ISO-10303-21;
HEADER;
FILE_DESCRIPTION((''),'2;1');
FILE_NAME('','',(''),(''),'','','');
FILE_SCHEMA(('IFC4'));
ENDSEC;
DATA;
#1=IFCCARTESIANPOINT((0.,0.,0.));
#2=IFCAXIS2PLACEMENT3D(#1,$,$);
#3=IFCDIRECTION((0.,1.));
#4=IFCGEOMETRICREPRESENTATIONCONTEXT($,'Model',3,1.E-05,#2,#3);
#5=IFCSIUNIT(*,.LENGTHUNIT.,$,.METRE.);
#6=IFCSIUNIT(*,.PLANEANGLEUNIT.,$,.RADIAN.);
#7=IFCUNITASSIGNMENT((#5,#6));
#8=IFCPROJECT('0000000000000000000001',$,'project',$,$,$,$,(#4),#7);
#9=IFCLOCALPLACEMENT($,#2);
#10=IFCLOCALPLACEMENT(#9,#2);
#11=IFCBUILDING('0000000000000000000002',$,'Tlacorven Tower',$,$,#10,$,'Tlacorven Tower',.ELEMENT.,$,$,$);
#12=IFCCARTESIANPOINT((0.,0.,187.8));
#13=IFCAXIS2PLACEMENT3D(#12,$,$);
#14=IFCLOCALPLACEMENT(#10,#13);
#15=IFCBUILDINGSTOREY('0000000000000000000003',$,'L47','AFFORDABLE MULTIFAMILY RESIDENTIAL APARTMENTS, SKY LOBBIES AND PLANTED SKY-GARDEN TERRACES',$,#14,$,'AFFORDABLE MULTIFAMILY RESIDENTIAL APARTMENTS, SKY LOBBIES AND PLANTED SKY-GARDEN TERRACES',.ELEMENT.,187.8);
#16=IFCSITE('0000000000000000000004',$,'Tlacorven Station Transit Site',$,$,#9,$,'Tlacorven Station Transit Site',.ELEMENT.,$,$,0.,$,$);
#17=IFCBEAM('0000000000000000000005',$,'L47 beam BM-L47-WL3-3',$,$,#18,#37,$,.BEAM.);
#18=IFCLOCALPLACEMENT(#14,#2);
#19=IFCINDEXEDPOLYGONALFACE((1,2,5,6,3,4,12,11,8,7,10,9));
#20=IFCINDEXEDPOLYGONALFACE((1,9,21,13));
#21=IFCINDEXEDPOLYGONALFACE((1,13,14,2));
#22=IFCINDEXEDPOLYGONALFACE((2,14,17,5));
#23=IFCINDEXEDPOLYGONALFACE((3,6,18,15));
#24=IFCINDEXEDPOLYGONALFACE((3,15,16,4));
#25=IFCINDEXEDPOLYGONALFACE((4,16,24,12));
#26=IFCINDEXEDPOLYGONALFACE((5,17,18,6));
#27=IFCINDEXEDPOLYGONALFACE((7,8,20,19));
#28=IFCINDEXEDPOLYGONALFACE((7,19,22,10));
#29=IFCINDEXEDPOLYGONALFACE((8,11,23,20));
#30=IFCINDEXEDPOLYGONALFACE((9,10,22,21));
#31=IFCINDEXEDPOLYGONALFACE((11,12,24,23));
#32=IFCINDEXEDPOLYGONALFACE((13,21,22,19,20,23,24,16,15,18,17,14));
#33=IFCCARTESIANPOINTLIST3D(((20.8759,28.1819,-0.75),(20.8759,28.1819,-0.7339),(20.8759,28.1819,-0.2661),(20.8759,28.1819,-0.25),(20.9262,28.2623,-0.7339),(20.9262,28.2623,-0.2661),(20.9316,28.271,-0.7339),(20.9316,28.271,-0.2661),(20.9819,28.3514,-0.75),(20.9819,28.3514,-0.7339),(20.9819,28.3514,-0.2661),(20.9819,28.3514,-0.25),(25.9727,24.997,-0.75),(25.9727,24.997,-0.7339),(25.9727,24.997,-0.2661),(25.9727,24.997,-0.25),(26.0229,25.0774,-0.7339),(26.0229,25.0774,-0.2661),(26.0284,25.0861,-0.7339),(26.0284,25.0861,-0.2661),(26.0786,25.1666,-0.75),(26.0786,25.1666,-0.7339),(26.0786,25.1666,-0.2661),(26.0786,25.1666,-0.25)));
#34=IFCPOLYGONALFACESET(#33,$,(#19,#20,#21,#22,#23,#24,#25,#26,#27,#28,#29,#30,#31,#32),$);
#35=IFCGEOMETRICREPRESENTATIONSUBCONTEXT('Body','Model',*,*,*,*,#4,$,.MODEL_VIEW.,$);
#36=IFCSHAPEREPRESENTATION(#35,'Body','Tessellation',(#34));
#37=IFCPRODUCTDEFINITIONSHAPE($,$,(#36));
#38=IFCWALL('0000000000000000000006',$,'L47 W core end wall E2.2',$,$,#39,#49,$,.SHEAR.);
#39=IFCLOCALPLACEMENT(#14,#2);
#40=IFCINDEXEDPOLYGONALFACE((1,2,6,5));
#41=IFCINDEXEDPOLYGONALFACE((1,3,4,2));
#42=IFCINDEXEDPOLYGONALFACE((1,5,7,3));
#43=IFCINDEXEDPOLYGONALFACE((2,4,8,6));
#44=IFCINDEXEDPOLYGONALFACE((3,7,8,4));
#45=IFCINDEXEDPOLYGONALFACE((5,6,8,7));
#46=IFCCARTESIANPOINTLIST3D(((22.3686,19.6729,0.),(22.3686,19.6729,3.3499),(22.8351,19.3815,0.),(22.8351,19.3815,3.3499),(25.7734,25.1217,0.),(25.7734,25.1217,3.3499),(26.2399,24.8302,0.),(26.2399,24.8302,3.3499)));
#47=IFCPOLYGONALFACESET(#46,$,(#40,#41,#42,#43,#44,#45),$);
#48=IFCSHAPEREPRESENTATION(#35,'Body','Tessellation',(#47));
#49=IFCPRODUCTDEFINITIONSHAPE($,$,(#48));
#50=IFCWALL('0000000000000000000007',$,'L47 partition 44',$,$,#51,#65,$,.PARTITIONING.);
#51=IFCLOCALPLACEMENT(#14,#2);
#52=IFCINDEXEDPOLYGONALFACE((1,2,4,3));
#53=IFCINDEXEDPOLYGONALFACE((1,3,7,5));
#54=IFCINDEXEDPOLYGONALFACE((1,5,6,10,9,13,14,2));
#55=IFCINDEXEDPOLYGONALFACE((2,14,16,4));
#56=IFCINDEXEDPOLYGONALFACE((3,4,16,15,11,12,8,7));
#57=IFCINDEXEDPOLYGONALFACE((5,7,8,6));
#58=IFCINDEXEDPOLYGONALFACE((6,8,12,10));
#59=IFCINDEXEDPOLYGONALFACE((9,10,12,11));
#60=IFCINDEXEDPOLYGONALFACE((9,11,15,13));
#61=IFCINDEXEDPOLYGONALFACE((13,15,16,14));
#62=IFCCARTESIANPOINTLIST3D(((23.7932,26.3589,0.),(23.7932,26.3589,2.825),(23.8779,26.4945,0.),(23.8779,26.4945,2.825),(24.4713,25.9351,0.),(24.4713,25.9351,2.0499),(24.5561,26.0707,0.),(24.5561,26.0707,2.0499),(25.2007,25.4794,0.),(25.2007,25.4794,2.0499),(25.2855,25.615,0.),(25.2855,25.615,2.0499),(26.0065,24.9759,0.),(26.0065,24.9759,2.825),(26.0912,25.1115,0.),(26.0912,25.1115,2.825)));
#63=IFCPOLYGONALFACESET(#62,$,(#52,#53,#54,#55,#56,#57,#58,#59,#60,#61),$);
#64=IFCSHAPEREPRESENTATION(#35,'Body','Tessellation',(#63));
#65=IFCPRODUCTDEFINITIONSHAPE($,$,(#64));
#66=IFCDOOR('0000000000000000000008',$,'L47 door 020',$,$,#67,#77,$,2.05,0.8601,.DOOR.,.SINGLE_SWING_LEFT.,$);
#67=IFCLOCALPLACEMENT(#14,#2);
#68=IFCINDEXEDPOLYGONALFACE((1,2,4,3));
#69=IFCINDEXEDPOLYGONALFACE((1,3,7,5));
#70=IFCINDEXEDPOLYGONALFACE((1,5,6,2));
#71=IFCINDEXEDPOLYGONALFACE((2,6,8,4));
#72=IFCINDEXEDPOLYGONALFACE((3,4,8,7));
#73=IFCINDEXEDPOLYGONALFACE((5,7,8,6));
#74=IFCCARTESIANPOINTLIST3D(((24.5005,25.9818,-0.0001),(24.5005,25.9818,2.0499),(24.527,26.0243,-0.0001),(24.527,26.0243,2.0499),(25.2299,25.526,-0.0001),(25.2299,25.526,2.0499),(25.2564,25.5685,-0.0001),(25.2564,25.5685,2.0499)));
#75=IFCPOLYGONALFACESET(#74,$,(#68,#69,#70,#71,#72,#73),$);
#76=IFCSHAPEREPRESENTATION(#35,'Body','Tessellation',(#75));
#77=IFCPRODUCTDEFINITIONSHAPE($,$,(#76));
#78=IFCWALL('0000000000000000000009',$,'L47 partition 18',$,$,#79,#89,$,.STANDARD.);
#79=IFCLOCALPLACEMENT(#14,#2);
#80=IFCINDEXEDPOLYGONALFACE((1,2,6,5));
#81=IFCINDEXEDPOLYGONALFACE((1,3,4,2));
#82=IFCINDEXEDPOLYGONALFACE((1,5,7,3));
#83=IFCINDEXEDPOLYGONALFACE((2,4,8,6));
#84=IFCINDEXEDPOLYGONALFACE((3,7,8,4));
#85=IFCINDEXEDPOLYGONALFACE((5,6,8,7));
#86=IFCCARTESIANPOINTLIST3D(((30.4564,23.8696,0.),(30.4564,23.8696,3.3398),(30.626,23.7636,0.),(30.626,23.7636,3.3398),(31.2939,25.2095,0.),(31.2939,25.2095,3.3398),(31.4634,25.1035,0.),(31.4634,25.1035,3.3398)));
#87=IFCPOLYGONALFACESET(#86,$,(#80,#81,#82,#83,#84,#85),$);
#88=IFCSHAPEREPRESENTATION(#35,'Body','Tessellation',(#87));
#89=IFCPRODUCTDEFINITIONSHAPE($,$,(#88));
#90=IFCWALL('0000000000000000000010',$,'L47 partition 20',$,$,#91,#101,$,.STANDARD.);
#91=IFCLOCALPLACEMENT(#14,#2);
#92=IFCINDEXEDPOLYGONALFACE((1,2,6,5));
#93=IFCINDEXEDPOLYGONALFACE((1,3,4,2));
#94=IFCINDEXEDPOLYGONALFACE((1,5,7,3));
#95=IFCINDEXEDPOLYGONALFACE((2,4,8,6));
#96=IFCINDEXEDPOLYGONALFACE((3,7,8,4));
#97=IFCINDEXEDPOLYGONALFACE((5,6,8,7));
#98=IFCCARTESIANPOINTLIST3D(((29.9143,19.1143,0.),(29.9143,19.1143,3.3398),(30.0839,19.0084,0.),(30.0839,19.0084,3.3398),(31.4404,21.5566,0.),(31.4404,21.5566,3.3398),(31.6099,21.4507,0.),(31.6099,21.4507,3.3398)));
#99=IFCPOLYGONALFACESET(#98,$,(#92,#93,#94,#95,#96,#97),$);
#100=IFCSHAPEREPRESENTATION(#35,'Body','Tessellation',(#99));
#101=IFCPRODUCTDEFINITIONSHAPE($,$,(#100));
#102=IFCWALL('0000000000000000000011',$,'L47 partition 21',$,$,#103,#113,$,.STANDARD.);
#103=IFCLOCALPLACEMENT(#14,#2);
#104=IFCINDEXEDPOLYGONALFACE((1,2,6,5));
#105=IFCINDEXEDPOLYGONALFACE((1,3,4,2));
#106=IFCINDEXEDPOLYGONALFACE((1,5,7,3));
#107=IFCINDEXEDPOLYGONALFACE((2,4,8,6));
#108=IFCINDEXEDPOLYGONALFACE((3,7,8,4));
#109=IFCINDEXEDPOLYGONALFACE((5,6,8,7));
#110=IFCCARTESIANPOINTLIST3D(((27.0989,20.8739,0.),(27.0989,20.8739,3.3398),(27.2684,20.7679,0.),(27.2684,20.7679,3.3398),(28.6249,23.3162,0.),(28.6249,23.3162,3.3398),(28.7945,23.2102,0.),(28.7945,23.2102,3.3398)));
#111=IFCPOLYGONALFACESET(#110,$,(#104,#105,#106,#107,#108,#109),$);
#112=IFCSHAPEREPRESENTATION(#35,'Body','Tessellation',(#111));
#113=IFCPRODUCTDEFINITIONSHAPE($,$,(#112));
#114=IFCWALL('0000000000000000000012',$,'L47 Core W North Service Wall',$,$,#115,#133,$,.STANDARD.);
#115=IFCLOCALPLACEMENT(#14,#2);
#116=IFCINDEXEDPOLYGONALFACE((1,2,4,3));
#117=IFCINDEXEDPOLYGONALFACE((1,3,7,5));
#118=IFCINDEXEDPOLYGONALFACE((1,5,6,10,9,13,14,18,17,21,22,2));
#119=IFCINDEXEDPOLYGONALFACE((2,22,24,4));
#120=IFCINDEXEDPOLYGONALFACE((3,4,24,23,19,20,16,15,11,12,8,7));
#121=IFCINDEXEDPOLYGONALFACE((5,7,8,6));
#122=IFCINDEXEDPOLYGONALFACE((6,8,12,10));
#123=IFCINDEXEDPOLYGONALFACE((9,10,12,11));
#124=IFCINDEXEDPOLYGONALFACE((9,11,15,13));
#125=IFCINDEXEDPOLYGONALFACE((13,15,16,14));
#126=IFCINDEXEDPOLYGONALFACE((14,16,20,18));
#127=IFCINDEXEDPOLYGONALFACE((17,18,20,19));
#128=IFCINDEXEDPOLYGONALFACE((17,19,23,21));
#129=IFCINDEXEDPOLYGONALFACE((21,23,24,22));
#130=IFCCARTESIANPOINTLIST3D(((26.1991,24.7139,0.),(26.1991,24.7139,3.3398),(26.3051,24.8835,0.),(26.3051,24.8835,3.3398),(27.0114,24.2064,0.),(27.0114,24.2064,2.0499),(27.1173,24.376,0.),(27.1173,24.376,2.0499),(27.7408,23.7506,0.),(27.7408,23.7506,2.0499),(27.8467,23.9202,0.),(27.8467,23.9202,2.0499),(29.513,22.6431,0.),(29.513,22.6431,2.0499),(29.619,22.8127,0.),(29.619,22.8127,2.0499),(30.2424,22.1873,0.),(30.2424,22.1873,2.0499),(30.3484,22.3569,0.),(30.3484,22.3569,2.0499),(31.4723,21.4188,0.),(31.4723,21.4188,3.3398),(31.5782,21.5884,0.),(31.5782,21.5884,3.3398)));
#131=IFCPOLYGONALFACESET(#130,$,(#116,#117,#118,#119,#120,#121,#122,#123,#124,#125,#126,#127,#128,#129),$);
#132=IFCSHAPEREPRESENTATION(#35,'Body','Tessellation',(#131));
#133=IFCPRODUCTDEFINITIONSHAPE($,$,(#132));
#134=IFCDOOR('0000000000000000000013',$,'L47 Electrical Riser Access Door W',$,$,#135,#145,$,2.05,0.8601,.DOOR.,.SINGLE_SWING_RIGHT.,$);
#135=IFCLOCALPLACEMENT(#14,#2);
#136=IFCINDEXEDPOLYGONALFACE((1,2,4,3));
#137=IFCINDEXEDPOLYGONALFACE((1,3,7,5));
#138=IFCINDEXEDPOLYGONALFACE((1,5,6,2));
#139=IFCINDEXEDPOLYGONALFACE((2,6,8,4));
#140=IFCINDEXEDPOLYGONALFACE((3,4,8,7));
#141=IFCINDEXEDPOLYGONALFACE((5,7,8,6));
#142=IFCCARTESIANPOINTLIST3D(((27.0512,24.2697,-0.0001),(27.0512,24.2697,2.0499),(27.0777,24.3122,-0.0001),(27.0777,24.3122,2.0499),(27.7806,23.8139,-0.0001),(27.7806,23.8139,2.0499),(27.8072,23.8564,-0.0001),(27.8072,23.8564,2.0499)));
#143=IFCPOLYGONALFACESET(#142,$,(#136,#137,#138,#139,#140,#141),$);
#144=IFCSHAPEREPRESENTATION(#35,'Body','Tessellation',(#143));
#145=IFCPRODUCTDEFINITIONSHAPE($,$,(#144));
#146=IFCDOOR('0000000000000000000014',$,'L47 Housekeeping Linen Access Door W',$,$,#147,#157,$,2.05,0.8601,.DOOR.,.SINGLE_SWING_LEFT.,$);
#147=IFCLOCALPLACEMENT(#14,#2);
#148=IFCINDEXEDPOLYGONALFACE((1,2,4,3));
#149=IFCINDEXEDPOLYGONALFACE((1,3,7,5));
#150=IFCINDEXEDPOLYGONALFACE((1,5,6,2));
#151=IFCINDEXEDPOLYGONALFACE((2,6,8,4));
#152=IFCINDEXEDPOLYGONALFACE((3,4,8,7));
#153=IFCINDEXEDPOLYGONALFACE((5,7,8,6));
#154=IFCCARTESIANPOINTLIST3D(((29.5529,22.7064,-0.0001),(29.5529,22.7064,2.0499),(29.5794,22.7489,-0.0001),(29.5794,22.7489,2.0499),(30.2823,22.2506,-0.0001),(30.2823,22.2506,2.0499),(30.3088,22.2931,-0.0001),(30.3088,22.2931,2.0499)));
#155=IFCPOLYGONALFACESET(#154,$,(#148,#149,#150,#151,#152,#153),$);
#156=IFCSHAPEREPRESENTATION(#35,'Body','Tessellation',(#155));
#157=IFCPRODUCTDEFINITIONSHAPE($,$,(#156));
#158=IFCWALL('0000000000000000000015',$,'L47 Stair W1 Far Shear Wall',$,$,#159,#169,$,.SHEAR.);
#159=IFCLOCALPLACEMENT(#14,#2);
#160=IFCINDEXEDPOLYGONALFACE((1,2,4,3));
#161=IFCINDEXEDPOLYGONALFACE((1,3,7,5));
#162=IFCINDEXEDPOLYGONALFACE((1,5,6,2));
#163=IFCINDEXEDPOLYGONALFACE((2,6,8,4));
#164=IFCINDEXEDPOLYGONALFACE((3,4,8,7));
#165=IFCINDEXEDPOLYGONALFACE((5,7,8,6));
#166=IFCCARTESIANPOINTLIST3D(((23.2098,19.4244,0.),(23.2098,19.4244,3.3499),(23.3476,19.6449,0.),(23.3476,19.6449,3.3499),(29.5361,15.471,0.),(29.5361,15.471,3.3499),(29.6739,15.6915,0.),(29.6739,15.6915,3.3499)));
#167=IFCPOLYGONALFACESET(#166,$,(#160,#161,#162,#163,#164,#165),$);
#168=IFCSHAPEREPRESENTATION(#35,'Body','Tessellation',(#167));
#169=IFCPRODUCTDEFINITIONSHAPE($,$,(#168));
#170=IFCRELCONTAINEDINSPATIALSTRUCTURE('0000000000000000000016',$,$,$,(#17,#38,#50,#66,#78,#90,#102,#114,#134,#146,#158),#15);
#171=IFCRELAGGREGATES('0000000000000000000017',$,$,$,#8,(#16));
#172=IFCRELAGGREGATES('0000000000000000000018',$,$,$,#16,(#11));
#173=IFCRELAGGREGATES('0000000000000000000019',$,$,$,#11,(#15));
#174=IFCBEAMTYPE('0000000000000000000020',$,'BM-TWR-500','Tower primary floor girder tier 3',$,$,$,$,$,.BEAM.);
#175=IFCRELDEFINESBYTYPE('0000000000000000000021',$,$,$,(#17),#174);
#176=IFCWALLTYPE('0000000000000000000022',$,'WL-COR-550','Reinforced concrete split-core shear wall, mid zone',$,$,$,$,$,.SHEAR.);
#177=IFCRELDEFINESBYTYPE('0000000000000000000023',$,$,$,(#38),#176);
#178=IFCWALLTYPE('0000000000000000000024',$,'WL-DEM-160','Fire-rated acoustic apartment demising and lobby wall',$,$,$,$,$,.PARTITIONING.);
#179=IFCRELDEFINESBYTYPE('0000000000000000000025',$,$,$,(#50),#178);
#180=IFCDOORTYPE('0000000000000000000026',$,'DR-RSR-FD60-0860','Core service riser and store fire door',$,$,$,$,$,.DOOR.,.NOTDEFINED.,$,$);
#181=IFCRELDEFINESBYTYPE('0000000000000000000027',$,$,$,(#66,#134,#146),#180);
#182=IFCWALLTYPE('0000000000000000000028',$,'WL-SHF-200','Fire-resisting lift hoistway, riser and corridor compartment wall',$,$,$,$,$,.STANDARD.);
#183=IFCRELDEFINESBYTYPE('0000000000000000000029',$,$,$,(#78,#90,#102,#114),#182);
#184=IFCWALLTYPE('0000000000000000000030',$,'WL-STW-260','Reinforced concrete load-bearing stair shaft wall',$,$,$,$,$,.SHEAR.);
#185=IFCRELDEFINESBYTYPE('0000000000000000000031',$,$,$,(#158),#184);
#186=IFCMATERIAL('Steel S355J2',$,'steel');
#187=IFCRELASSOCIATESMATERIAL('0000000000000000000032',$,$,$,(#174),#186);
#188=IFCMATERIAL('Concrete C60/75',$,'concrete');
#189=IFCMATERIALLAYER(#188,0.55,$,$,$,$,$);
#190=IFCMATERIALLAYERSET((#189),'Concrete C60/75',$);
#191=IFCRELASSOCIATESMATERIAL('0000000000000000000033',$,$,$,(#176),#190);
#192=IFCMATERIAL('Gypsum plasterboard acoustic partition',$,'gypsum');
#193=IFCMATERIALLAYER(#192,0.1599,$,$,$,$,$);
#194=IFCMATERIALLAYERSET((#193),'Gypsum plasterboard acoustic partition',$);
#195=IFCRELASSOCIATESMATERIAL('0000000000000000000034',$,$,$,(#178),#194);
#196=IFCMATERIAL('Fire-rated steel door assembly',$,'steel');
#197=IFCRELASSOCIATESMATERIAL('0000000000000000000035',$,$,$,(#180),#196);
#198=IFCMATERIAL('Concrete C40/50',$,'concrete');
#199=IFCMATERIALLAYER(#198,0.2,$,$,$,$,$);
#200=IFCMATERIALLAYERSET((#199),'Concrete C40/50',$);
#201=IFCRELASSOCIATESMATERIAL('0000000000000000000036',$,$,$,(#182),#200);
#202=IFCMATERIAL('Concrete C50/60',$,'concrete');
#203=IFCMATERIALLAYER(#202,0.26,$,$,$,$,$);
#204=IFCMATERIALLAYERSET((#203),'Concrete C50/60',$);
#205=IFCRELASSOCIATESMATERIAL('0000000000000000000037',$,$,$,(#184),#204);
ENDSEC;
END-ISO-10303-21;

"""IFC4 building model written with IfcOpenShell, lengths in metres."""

from ifc_helpers import new_model, si_unit, direction, frame, frame_2d, origin, origin_2d, place, context, subcontext, project, spatial, rectangle, i_section, extrude, source, transform, mapped, material, layer, layer_set, material_profile, profile_set, type_object, element, fill, save


model = new_model("IFC4")

# Units and contexts
model_context = context("Model", 3, precision=1e-05, world=origin(), true_north=direction((0.0, 1.0)))
body_context = subcontext(model_context, "Body", "Model", "MODEL_VIEW")
ifc_project = project(units=[si_unit("LENGTHUNIT", "METRE"), si_unit("PLANEANGLEUNIT", "RADIAN")], contexts=[model_context])

# Site, building, storey
site_placement = place(None, origin())
site = spatial("IfcSite", under=ifc_project, at=site_placement, Name="Tlacorven Station Transit Site", LongName="Tlacorven Station Transit Site", CompositionType="ELEMENT", RefElevation=0.0)
building_placement = place(site_placement, origin())
building = spatial("IfcBuilding", under=site, at=building_placement, Name="Tlacorven Tower", LongName="Tlacorven Tower", CompositionType="ELEMENT")
storey_placement = place(building_placement, frame((0.0, 0.0, 187.8)))
storey = spatial("IfcBuildingStorey", under=building, at=storey_placement, Name="L47", Description="AFFORDABLE MULTIFAMILY RESIDENTIAL APARTMENTS, SKY LOBBIES AND PLANTED SKY-GARDEN TERRACES", LongName="AFFORDABLE MULTIFAMILY RESIDENTIAL APARTMENTS, SKY LOBBIES AND PLANTED SKY-GARDEN TERRACES", CompositionType="ELEMENT", Elevation=187.8)

# Beam
ifc_material_1 = material(Name="Steel S355J2", Category="steel")
ifc_material_profile = material_profile(ifc_material_1, i_section(OverallWidth=0.2, OverallDepth=0.5, WebThickness=0.0103, FlangeThickness=0.0161, at=origin_2d()), Name="IPE 500")
ifc_profile_set = profile_set([ifc_material_profile], Name="Steel S355J2")
beam_type = type_object("IfcBeamType", Name="BM-TWR-500", Description="Tower primary floor girder tier 3", PredefinedType="BEAM", material=ifc_profile_set)
shared_shape_1 = source(origin(), body_context, "Body", "SweptSolid", [
    extrude(i_section(OverallWidth=0.2, OverallDepth=0.5, WebThickness=0.0103, FlangeThickness=0.0161, at=origin_2d()), origin(), (0.0, 0.0, 1.0), 6.01),
])
beam_placement = place(storey_placement, frame((26.0256, 25.0818, -0.5), z_axis=(-0.848044, 0.529926, 0.0), x_axis=(-0.529926, -0.848044, 0.0)))
element("IfcBeam", 1, at=beam_placement, inside=storey, type_object=beam_type, Name="L47 beam BM-L47-WL3-3", PredefinedType="BEAM", context=body_context, shape_type="MappedRepresentation", body=[
    mapped(shared_shape_1, transform((0.0, 0.0, 0.0), scale=1.0)),
])

# Wall
ifc_material_2 = material(Name="Concrete C60/75", Category="concrete")
ifc_layer_1 = layer(ifc_material_2, 0.55)
ifc_layer_set_1 = layer_set([ifc_layer_1], Name="Concrete C60/75")
wall_type_1 = type_object("IfcWallType", Name="WL-COR-550", Description="Reinforced concrete split-core shear wall, mid zone", PredefinedType="SHEAR", material=ifc_layer_set_1)
wall_1_placement = place(storey_placement, frame((26.0066, 24.9758, 0.0), z_axis=(0.0, 0.0, 1.0), x_axis=(-0.529924, -0.848045, 0.0)))
element("IfcWall", 2, at=wall_1_placement, inside=storey, type_object=wall_type_1, Name="L47 W core end wall E2.2", PredefinedType="SHEAR", context=body_context, shape_type="SweptSolid", body=[
    extrude(rectangle(XDim=6.425, YDim=0.55, at=frame_2d((3.2124, 0.0))), origin(), (0.0, 0.0, 1.0), 3.3499),
])

# Wall, opening, door
ifc_material_3 = material(Name="Gypsum plasterboard acoustic partition", Category="gypsum")
ifc_layer_2 = layer(ifc_material_3, 0.1599)
ifc_layer_set_2 = layer_set([ifc_layer_2], Name="Gypsum plasterboard acoustic partition")
wall_type_2 = type_object("IfcWallType", Name="WL-DEM-160", Description="Fire-rated acoustic apartment demising and lobby wall", PredefinedType="PARTITIONING", material=ifc_layer_set_2)
wall_2_placement = place(storey_placement, frame((26.0488, 25.0437, 0.0), z_axis=(0.0, 0.0, 1.0), x_axis=(-0.848051, 0.529915, 0.0)))
wall_2 = element("IfcWall", 3, at=wall_2_placement, inside=storey, type_object=wall_type_2, Name="L47 partition 44", PredefinedType="PARTITIONING", context=body_context, shape_type="SweptSolid", body=[
    extrude(rectangle(XDim=2.6099, YDim=0.1599, at=frame_2d((1.3049, 0.0))), origin(), (0.0, 0.0, 1.0), 2.825),
])
opening_1_placement = place(wall_2_placement, frame((0.95, 0.0, 0.0)))
opening_1 = element("IfcOpeningElement", 4, at=opening_1_placement, cuts=wall_2, PredefinedType="OPENING", context=body_context, shape_type="SweptSolid", body=[
    extrude(rectangle(XDim=0.8601, YDim=2.05, at=frame_2d((0.4302, 1.0249))), frame((0.0, 0.0898, 0.0), z_axis=(0.0, -1.0, 0.0), x_axis=(1.0, 0.0, 0.0)), (0.0, 0.0, 1.0), 0.1799),
])
ifc_material_4 = material(Name="Fire-rated steel door assembly", Category="steel")
door_type = type_object("IfcDoorType", Name="DR-RSR-FD60-0860", Description="Core service riser and store fire door", OperationType="NOTDEFINED", PredefinedType="DOOR", material=ifc_material_4)
shared_shape_2 = source(origin(), body_context, "Body", "SweptSolid", [
    extrude(rectangle(XDim=0.8601, YDim=2.05, at=frame_2d((0.4302, 1.0249))), frame((0.0, 0.0249, 0.0), z_axis=(0.0, -1.0, 0.0), x_axis=(1.0, 0.0, 0.0)), (0.0, 0.0, 1.0), 0.05),
])
door_1_placement = place(opening_1_placement, origin())
door_1 = element("IfcDoor", 5, at=door_1_placement, inside=storey, type_object=door_type, Name="L47 door 020", OperationType="SINGLE_SWING_LEFT", OverallHeight=2.05, OverallWidth=0.8601, PredefinedType="DOOR", context=body_context, shape_type="MappedRepresentation", body=[
    mapped(shared_shape_2, transform((0.0, 0.0, 0.0), scale=1.0)),
])
fill(opening_1, door_1)

# Walls
ifc_material_5 = material(Name="Concrete C40/50", Category="concrete")
ifc_layer_3 = layer(ifc_material_5, 0.2)
ifc_layer_set_3 = layer_set([ifc_layer_3], Name="Concrete C40/50")
wall_type_3 = type_object("IfcWallType", Name="WL-SHF-200", Description="Fire-resisting lift hoistway, riser and corridor compartment wall", PredefinedType="STANDARD", material=ifc_layer_set_3)
wall_3_placement = place(storey_placement, frame((31.3787, 25.1565, 0.0), z_axis=(0.0, 0.0, 1.0), x_axis=(-0.529999, -0.847998, 0.0)))
element("IfcWall", 6, at=wall_3_placement, inside=storey, type_object=wall_type_3, Name="L47 partition 18", PredefinedType="STANDARD", context=body_context, shape_type="SweptSolid", body=[
    extrude(rectangle(XDim=1.5801, YDim=0.2, at=frame_2d((0.79, 0.0))), origin(), (0.0, 0.0, 1.0), 3.3398),
])
for number, where, z_axis, x_axis, name in (
    (7, (31.5251, 21.5037, 0.0), (0.0, 0.0, 1.0), (-0.529907, -0.848055, 0.0), "L47 partition 20"),
    (8, (28.7097, 23.2632, 0.0), (0.0, 0.0, 1.0), (-0.529907, -0.848055, 0.0), "L47 partition 21"),
):
    element("IfcWall", number, at=place(storey_placement, frame(where, z_axis=z_axis, x_axis=x_axis)), inside=storey, type_object=wall_type_3, Name=name, PredefinedType="STANDARD", context=body_context, shape_type="SweptSolid", body=[
        extrude(rectangle(XDim=2.8799, YDim=0.2, at=frame_2d((1.4399, 0.0))), origin(), (0.0, 0.0, 1.0), 3.3398),
    ])

# Wall, openings, doors
wall_4_placement = place(storey_placement, frame((31.5251, 21.5037, 0.0), z_axis=(0.0, 0.0, 1.0), x_axis=(-0.84804, 0.529932, 0.0)))
wall_4 = element("IfcWall", 9, at=wall_4_placement, inside=storey, type_object=wall_type_3, Name="L47 Core W North Service Wall", PredefinedType="STANDARD", context=body_context, shape_type="SweptSolid", body=[
    extrude(rectangle(XDim=6.218, YDim=0.2, at=frame_2d((3.1089, 0.0))), origin(), (0.0, 0.0, 1.0), 3.3398),
])
opening_2_placement = place(wall_4_placement, frame((4.3999, 0.0, 0.0)))
opening_2 = element("IfcOpeningElement", 10, at=opening_2_placement, cuts=wall_4, PredefinedType="OPENING", context=body_context, shape_type="SweptSolid", body=[
    extrude(rectangle(XDim=0.8601, YDim=2.05, at=frame_2d((0.4302, 1.0249))), frame((0.0, 0.1099, 0.0), z_axis=(0.0, -1.0, 0.0), x_axis=(1.0, 0.0, 0.0)), (0.0, 0.0, 1.0), 0.22),
])
opening_3_placement = place(wall_4_placement, frame((1.45, 0.0, 0.0)))
opening_3 = element("IfcOpeningElement", 11, at=opening_3_placement, cuts=wall_4, PredefinedType="OPENING", context=body_context, shape_type="SweptSolid", body=[
    extrude(rectangle(XDim=0.8601, YDim=2.05, at=frame_2d((0.4302, 1.0249))), frame((0.0, 0.1099, 0.0), z_axis=(0.0, -1.0, 0.0), x_axis=(1.0, 0.0, 0.0)), (0.0, 0.0, 1.0), 0.22),
])
door_2_placement = place(opening_2_placement, frame((0.8601, 0.0, 0.0), z_axis=(0.0, 0.0, 1.0), x_axis=(-1.0, 0.0, 0.0)))
door_2 = element("IfcDoor", 12, at=door_2_placement, inside=storey, type_object=door_type, Name="L47 Electrical Riser Access Door W", OperationType="SINGLE_SWING_RIGHT", OverallHeight=2.05, OverallWidth=0.8601, PredefinedType="DOOR", context=body_context, shape_type="MappedRepresentation", body=[
    mapped(shared_shape_2, transform((0.0, 0.0, 0.0), scale=1.0)),
])
fill(opening_2, door_2)
door_3_placement = place(opening_3_placement, frame((0.8601, 0.0, 0.0), z_axis=(0.0, 0.0, 1.0), x_axis=(-1.0, 0.0, 0.0)))
door_3 = element("IfcDoor", 13, at=door_3_placement, inside=storey, type_object=door_type, Name="L47 Housekeeping Linen Access Door W", OperationType="SINGLE_SWING_LEFT", OverallHeight=2.05, OverallWidth=0.8601, PredefinedType="DOOR", context=body_context, shape_type="MappedRepresentation", body=[
    mapped(shared_shape_2, transform((0.0, 0.0, 0.0), scale=1.0)),
])
fill(opening_3, door_3)

# Wall
ifc_material_6 = material(Name="Concrete C50/60", Category="concrete")
ifc_layer_4 = layer(ifc_material_6, 0.26)
ifc_layer_set_4 = layer_set([ifc_layer_4], Name="Concrete C50/60")
wall_type_4 = type_object("IfcWallType", Name="WL-STW-260", Description="Reinforced concrete load-bearing stair shaft wall", PredefinedType="SHEAR", material=ifc_layer_set_4)
wall_5_placement = place(storey_placement, frame((29.605, 15.5813, 0.0), z_axis=(0.0, 0.0, 1.0), x_axis=(-0.848037, 0.529937, 0.0)))
element("IfcWall", 14, at=wall_5_placement, inside=storey, type_object=wall_type_4, Name="L47 Stair W1 Far Shear Wall", PredefinedType="SHEAR", context=body_context, shape_type="SweptSolid", body=[
    extrude(rectangle(XDim=7.46, YDim=0.26, at=frame_2d((3.73, 0.0))), origin(), (0.0, 0.0, 1.0), 3.3499),
])

save(model, "model.ifc")
